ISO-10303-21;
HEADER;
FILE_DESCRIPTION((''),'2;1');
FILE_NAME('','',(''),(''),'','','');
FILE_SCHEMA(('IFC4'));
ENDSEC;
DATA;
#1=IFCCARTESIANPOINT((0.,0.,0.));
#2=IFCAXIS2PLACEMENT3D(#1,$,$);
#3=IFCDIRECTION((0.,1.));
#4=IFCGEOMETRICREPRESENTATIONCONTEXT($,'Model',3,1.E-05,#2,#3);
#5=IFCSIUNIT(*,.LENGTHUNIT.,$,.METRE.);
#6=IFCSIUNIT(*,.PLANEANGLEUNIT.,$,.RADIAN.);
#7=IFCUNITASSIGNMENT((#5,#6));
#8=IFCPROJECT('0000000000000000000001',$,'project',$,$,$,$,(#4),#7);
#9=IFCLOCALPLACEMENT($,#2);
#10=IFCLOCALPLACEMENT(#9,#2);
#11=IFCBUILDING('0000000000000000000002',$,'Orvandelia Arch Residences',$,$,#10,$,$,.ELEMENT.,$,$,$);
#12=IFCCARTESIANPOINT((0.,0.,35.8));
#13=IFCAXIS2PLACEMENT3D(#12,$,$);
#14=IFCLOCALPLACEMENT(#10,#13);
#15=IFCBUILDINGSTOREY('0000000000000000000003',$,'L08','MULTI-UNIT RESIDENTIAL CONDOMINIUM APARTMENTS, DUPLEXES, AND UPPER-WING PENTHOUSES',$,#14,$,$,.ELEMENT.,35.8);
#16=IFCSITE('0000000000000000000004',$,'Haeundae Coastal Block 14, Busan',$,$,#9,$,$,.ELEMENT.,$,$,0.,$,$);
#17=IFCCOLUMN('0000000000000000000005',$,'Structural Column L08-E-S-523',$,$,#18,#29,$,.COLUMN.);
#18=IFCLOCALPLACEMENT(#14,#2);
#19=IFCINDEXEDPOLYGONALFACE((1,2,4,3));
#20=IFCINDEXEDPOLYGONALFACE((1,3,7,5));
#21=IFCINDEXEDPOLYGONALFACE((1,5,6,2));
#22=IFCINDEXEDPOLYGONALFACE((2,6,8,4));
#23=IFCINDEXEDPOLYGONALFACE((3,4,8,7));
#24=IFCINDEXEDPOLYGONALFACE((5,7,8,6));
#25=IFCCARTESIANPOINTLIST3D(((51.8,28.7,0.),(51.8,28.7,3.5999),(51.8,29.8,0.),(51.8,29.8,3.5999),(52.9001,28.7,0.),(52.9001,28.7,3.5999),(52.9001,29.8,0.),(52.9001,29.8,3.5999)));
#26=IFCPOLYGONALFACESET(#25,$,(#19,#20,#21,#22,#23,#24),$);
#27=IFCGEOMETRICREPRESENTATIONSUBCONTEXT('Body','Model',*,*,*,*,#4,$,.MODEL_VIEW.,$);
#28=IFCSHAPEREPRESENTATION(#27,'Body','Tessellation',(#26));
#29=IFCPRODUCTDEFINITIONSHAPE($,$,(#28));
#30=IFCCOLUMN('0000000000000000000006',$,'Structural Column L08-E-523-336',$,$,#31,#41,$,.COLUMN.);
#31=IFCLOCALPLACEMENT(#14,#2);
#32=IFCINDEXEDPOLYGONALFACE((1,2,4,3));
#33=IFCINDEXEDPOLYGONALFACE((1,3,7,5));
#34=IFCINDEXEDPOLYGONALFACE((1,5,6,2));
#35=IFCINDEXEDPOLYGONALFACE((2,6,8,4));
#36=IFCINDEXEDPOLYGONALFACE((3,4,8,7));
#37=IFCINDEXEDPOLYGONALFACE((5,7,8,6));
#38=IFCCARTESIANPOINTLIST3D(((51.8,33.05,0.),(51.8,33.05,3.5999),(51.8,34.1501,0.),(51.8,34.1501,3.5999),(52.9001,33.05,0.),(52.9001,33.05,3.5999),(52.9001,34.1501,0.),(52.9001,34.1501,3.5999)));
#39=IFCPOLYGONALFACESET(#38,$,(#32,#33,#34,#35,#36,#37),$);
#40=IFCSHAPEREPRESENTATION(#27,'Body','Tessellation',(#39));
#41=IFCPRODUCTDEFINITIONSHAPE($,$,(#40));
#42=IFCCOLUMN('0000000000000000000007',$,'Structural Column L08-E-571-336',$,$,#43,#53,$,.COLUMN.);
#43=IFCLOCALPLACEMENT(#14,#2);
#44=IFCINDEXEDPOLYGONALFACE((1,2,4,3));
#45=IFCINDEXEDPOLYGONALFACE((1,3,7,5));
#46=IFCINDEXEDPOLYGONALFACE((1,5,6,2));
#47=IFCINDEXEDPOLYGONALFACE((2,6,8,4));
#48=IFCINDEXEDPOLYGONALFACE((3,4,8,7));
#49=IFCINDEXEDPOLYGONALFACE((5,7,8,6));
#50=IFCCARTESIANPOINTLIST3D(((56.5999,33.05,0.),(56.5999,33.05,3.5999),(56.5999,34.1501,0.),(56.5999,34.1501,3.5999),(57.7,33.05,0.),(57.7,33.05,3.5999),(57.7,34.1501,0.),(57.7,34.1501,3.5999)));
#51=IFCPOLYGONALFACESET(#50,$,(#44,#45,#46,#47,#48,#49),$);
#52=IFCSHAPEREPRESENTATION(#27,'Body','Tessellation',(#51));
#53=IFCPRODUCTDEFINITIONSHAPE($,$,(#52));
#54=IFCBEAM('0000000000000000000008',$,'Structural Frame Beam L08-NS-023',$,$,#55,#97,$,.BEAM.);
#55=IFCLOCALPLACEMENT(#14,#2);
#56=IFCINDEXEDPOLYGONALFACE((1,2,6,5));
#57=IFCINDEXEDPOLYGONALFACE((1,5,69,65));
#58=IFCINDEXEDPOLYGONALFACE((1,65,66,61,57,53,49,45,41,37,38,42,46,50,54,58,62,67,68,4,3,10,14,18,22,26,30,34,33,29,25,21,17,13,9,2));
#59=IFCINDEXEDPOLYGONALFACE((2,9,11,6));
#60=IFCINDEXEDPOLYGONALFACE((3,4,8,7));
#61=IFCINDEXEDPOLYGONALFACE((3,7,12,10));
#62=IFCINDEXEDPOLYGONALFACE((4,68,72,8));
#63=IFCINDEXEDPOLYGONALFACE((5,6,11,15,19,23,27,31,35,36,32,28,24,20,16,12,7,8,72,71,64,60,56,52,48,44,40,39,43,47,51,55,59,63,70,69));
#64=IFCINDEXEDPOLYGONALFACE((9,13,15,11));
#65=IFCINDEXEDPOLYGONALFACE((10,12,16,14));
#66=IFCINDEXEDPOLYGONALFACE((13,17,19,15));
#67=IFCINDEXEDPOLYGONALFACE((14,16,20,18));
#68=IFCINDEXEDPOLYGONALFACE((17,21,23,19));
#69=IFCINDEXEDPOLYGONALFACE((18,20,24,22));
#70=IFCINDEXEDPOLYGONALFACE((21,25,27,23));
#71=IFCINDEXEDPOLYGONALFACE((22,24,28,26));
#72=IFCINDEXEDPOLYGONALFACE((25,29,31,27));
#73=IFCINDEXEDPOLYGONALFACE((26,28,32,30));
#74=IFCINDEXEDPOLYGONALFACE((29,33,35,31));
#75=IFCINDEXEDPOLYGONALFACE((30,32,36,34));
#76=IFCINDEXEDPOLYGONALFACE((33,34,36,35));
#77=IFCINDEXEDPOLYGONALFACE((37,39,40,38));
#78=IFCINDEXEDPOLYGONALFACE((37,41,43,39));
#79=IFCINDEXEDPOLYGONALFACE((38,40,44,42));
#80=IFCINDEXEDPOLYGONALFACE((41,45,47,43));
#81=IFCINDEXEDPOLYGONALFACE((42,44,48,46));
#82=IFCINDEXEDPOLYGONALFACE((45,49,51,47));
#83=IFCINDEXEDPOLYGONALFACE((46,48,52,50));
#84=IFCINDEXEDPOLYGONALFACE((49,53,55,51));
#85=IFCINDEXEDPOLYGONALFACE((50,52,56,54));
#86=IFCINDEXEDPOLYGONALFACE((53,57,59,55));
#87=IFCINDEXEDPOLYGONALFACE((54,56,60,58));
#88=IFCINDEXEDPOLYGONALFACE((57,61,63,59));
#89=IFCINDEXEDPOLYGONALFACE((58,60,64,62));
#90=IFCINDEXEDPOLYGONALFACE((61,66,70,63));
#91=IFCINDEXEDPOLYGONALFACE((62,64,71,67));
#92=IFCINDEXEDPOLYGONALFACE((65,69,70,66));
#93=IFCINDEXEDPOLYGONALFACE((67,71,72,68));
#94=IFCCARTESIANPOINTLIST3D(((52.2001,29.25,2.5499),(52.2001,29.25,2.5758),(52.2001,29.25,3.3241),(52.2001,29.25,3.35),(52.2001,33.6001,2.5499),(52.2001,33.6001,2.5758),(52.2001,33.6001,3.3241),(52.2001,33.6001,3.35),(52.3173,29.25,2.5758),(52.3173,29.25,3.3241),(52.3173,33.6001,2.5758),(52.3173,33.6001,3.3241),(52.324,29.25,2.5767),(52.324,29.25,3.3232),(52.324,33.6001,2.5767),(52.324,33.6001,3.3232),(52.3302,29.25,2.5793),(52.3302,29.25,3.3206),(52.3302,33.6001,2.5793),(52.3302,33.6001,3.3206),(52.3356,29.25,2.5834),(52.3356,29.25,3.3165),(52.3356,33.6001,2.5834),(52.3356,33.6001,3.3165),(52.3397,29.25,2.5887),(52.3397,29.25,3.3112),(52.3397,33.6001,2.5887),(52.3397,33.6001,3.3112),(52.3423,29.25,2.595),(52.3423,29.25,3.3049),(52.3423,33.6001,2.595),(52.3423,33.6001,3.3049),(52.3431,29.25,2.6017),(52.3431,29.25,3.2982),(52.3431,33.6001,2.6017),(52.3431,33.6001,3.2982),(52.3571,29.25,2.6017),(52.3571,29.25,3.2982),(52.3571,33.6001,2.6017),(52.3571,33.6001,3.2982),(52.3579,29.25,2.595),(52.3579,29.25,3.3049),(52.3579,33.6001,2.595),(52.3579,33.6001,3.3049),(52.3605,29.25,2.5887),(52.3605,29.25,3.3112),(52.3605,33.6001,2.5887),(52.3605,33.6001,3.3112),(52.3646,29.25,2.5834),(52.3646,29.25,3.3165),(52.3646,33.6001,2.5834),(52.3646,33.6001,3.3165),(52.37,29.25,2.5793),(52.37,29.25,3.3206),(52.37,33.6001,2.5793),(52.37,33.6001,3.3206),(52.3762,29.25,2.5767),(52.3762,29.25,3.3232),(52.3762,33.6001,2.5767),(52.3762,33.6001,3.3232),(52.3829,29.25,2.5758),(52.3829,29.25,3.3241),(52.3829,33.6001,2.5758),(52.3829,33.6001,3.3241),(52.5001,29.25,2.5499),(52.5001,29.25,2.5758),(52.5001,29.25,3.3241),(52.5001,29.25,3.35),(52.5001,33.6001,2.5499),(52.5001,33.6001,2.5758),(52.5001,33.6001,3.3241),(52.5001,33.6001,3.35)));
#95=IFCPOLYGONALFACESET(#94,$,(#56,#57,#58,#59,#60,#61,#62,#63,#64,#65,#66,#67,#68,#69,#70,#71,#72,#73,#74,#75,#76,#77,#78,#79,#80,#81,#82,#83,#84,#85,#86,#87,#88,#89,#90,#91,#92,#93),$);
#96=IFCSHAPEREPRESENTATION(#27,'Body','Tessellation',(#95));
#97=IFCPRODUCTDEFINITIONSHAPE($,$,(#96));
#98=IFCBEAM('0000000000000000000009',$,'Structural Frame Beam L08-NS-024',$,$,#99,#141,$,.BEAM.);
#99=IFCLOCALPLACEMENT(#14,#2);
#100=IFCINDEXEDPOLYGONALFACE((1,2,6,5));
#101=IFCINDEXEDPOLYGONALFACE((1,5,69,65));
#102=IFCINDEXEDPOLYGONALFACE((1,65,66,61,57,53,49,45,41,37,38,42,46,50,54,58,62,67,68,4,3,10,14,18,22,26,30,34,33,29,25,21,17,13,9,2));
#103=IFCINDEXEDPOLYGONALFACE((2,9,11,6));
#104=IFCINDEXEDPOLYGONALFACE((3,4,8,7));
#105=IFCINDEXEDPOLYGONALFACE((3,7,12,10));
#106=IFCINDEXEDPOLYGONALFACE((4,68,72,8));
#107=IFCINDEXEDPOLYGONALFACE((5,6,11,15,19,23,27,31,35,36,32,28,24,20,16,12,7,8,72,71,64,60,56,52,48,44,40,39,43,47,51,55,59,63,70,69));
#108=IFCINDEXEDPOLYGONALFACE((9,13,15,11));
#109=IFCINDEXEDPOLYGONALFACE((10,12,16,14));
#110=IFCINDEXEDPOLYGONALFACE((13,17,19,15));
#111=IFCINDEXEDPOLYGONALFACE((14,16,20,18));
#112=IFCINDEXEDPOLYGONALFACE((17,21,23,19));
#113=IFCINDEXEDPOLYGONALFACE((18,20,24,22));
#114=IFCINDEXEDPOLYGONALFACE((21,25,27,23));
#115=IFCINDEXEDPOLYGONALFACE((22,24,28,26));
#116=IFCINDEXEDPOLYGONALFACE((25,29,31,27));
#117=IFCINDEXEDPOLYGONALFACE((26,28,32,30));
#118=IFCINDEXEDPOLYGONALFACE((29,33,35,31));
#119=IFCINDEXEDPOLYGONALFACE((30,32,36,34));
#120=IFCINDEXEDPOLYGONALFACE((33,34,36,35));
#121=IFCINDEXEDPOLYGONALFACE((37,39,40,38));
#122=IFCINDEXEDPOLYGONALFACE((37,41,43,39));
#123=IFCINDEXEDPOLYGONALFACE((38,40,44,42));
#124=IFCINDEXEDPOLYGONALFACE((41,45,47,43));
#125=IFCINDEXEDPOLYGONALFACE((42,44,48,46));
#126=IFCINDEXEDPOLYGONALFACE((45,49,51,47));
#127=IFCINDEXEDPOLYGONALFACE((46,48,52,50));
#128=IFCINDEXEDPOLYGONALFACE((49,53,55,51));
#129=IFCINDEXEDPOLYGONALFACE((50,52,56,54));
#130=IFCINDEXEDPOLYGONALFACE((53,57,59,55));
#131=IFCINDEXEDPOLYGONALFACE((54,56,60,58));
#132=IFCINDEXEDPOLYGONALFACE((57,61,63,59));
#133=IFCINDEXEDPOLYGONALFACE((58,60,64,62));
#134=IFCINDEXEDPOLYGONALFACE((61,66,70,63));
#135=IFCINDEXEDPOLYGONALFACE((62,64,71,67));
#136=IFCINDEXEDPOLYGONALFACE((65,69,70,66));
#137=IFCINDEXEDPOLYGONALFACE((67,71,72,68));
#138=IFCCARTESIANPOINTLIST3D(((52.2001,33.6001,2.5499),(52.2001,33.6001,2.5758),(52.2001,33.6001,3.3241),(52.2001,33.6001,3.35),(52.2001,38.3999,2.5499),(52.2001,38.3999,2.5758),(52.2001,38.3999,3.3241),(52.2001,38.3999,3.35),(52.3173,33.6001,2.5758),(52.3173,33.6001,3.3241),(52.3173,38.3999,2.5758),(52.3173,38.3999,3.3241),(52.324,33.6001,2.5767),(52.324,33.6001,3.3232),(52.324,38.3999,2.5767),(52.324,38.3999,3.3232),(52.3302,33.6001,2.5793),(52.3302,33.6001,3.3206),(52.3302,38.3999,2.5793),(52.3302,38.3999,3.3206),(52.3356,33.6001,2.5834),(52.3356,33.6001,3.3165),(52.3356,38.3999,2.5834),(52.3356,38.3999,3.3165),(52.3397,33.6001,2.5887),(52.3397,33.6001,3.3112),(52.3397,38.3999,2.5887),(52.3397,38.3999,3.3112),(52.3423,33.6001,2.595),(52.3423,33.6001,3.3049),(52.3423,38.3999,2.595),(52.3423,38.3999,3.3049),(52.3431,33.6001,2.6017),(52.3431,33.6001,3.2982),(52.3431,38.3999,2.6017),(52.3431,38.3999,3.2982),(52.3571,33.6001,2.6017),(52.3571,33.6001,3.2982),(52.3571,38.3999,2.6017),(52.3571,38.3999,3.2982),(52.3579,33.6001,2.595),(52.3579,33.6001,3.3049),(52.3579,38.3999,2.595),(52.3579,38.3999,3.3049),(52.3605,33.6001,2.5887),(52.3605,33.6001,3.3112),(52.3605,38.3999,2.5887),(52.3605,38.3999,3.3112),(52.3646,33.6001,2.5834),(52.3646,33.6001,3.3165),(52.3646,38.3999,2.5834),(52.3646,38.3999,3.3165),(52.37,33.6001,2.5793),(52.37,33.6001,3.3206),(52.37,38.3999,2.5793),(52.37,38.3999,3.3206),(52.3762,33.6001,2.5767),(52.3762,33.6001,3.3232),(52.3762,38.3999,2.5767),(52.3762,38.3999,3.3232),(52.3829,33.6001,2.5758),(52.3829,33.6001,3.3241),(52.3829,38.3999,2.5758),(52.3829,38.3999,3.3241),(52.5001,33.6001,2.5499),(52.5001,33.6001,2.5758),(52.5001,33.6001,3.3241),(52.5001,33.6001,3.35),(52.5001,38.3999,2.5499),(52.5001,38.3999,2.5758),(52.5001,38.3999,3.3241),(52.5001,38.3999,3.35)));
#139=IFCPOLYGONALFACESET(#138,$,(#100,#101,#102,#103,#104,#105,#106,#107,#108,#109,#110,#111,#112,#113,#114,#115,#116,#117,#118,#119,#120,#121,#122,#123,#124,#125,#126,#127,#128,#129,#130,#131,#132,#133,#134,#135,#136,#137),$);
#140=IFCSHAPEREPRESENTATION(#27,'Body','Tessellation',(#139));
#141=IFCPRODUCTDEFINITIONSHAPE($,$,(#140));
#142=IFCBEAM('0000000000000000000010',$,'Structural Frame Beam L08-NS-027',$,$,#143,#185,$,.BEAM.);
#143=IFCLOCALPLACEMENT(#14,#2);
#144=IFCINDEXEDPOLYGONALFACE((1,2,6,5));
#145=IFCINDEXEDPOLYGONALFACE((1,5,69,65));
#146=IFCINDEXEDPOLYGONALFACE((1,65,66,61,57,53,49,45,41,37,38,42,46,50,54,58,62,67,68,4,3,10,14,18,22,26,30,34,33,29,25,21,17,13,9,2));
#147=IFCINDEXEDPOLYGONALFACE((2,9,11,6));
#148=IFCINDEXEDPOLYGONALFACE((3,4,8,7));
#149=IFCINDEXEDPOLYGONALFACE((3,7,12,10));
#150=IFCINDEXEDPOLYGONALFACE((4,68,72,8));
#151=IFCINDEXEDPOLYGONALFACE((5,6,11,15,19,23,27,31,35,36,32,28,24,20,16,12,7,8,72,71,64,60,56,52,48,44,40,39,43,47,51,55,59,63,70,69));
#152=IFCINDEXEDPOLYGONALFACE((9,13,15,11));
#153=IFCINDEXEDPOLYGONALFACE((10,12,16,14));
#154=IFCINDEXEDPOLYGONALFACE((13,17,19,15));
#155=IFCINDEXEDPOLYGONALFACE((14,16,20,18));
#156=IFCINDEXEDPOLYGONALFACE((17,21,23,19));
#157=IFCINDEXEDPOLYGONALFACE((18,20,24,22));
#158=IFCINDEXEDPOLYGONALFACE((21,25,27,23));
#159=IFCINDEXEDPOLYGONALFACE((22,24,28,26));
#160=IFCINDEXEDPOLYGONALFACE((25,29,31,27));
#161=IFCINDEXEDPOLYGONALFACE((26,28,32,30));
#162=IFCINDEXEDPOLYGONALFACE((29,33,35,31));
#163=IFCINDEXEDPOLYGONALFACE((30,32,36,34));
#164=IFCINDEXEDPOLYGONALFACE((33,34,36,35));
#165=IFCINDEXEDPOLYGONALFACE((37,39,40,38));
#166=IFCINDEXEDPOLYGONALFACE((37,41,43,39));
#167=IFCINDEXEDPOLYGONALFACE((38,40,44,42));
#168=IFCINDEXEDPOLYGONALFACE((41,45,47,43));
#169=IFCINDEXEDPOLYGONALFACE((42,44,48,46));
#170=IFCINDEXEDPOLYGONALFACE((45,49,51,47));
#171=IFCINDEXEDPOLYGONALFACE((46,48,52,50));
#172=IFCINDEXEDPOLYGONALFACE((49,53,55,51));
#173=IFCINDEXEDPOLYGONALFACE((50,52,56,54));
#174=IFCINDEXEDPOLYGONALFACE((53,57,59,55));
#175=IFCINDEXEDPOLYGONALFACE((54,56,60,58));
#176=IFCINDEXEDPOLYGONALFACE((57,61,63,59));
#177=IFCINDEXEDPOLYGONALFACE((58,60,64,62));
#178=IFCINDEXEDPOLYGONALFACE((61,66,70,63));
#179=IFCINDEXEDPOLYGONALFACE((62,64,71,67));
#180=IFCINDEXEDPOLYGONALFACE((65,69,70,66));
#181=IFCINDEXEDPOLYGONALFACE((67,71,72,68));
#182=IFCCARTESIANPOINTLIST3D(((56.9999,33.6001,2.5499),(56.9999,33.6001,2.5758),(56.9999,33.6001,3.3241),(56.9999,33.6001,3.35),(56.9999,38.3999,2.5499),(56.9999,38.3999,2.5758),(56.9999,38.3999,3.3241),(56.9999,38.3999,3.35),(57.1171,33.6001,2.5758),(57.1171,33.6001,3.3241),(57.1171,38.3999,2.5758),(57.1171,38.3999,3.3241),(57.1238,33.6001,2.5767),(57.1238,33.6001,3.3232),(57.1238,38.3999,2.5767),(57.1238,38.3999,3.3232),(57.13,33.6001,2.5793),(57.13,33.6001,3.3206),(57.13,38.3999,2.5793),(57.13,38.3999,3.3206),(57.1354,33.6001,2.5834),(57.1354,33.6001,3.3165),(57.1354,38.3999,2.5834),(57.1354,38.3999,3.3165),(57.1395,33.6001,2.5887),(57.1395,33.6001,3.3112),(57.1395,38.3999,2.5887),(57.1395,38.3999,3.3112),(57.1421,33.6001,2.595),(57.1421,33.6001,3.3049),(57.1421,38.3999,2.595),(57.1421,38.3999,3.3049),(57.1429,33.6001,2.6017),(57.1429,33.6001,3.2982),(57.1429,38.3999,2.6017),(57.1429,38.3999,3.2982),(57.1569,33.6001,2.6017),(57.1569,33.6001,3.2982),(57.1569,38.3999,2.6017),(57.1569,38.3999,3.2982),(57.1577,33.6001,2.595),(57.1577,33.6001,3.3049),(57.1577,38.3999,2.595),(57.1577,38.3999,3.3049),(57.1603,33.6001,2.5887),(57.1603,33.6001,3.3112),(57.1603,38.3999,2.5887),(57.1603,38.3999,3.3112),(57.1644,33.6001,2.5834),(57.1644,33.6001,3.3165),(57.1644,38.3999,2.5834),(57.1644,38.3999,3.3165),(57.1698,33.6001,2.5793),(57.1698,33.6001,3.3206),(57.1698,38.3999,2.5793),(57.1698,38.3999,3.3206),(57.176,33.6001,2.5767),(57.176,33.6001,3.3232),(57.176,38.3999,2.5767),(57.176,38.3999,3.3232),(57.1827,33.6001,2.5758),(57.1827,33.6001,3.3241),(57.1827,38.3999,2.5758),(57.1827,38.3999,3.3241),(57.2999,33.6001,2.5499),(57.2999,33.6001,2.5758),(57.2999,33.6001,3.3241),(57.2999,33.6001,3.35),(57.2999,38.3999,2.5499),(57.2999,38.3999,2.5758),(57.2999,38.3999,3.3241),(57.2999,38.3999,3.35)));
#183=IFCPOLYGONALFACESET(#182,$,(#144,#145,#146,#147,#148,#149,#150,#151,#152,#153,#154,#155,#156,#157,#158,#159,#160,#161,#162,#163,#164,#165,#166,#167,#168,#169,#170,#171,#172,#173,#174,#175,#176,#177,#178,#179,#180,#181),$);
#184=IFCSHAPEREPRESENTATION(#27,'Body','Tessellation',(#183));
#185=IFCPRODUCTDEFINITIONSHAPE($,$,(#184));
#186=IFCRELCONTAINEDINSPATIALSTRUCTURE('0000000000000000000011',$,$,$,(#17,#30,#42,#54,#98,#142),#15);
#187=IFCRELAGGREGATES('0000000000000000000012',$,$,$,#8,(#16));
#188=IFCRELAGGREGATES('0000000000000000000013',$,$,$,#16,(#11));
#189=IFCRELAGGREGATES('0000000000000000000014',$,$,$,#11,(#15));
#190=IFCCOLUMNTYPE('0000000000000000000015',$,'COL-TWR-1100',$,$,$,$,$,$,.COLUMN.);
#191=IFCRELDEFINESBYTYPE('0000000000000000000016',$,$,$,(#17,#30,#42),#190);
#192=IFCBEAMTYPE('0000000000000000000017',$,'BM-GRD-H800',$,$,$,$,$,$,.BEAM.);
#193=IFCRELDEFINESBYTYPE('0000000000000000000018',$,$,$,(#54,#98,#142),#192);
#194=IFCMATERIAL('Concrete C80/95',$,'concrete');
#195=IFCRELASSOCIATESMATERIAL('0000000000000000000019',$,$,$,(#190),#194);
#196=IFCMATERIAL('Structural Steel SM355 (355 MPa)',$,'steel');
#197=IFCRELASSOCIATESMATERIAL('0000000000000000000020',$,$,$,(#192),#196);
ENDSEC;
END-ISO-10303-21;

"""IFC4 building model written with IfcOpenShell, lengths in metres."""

from ifc_helpers import new_model, si_unit, direction, frame, origin, origin_2d, place, context, subcontext, project, spatial, rectangle, i_section, extrude, material, material_profile, profile_set, type_object, element, save


model = new_model("IFC4")

# Units and contexts
model_context = context("Model", 3, precision=1e-05, world=origin(), true_north=direction((0.0, 1.0)))
body_context = subcontext(model_context, "Body", "Model", "MODEL_VIEW")
ifc_project = project(units=[si_unit("LENGTHUNIT", "METRE"), si_unit("PLANEANGLEUNIT", "RADIAN")], contexts=[model_context])

# Site, building, storey
site_placement = place(None, origin())
site = spatial("IfcSite", under=ifc_project, at=site_placement, Name="Haeundae Coastal Block 14, Busan", CompositionType="ELEMENT", RefElevation=0.0)
building_placement = place(site_placement, origin())
building = spatial("IfcBuilding", under=site, at=building_placement, Name="Orvandelia Arch Residences", CompositionType="ELEMENT")
storey_placement = place(building_placement, frame((0.0, 0.0, 35.8)))
storey = spatial("IfcBuildingStorey", under=building, at=storey_placement, Name="L08", Description="MULTI-UNIT RESIDENTIAL CONDOMINIUM APARTMENTS, DUPLEXES, AND UPPER-WING PENTHOUSES", CompositionType="ELEMENT", Elevation=35.8)

# Columns
ifc_material_1 = material(Name="Concrete C80/95", Category="concrete")
ifc_material_profile_1 = material_profile(ifc_material_1, rectangle(XDim=1.1001, YDim=1.1001, at=origin_2d()), Name="Concrete C80/95", Category="concrete")
ifc_profile_set_1 = profile_set([ifc_material_profile_1], Name="Concrete C80/95")
column_type = type_object("IfcColumnType", Name="COL-TWR-1100", PredefinedType="COLUMN", material=ifc_profile_set_1)
for number, where, z_axis, x_axis, name in (
    (1, (52.3501, 29.25, 0.0), (0.0, 0.0, 1.0), (1.0, 0.0, 0.0), "Structural Column L08-E-S-523"),
    (2, (52.3501, 33.6001, 0.0), (0.0, 0.0, 1.0), (1.0, 0.0, 0.0), "Structural Column L08-E-523-336"),
    (3, (57.1499, 33.6001, 0.0), (0.0, 0.0, 1.0), (1.0, 0.0, 0.0), "Structural Column L08-E-571-336"),
):
    element("IfcColumn", number, at=place(storey_placement, frame(where, z_axis=z_axis, x_axis=x_axis)), inside=storey, type_object=column_type, Name=name, PredefinedType="COLUMN", context=body_context, shape_type="SweptSolid", body=[
        extrude(rectangle(XDim=1.1001, YDim=1.1001, at=origin_2d()), origin(), (0.0, 0.0, 1.0), 3.5999),
    ])

# Beams
ifc_material_2 = material(Name="Structural Steel SM355 (355 MPa)", Category="steel")
ifc_material_profile_2 = material_profile(ifc_material_2, i_section(OverallWidth=0.3, OverallDepth=0.8, WebThickness=0.0139, FlangeThickness=0.0259, FilletRadius=0.0259, at=origin_2d()), Name="Structural Steel SM355 (355 MPa)", Category="steel")
ifc_profile_set_2 = profile_set([ifc_material_profile_2], Name="Structural Steel SM355 (355 MPa)")
beam_type = type_object("IfcBeamType", Name="BM-GRD-H800", PredefinedType="BEAM", material=ifc_profile_set_2)
beam_placement = place(storey_placement, frame((52.3501, 29.25, 2.95), z_axis=(0.0, 1.0, 0.0), x_axis=(-1.0, 0.0, 0.0)))
element("IfcBeam", 4, at=beam_placement, inside=storey, type_object=beam_type, Name="Structural Frame Beam L08-NS-023", PredefinedType="BEAM", context=body_context, shape_type="SweptSolid", body=[
    extrude(i_section(OverallWidth=0.3, OverallDepth=0.8, WebThickness=0.0139, FlangeThickness=0.0259, FilletRadius=0.0259, at=origin_2d()), origin(), (0.0, 0.0, 1.0), 4.3501),
])
for number, where, z_axis, x_axis, name in (
    (5, (52.3501, 33.6001, 2.95), (0.0, 1.0, 0.0), (-1.0, 0.0, 0.0), "Structural Frame Beam L08-NS-024"),
    (6, (57.1499, 33.6001, 2.95), (0.0, 1.0, 0.0), (-1.0, 0.0, 0.0), "Structural Frame Beam L08-NS-027"),
):
    element("IfcBeam", number, at=place(storey_placement, frame(where, z_axis=z_axis, x_axis=x_axis)), inside=storey, type_object=beam_type, Name=name, PredefinedType="BEAM", context=body_context, shape_type="SweptSolid", body=[
        extrude(i_section(OverallWidth=0.3, OverallDepth=0.8, WebThickness=0.0139, FlangeThickness=0.0259, FilletRadius=0.0259, at=origin_2d()), origin(), (0.0, 0.0, 1.0), 4.7998),
    ])

save(model, "model.ifc")
